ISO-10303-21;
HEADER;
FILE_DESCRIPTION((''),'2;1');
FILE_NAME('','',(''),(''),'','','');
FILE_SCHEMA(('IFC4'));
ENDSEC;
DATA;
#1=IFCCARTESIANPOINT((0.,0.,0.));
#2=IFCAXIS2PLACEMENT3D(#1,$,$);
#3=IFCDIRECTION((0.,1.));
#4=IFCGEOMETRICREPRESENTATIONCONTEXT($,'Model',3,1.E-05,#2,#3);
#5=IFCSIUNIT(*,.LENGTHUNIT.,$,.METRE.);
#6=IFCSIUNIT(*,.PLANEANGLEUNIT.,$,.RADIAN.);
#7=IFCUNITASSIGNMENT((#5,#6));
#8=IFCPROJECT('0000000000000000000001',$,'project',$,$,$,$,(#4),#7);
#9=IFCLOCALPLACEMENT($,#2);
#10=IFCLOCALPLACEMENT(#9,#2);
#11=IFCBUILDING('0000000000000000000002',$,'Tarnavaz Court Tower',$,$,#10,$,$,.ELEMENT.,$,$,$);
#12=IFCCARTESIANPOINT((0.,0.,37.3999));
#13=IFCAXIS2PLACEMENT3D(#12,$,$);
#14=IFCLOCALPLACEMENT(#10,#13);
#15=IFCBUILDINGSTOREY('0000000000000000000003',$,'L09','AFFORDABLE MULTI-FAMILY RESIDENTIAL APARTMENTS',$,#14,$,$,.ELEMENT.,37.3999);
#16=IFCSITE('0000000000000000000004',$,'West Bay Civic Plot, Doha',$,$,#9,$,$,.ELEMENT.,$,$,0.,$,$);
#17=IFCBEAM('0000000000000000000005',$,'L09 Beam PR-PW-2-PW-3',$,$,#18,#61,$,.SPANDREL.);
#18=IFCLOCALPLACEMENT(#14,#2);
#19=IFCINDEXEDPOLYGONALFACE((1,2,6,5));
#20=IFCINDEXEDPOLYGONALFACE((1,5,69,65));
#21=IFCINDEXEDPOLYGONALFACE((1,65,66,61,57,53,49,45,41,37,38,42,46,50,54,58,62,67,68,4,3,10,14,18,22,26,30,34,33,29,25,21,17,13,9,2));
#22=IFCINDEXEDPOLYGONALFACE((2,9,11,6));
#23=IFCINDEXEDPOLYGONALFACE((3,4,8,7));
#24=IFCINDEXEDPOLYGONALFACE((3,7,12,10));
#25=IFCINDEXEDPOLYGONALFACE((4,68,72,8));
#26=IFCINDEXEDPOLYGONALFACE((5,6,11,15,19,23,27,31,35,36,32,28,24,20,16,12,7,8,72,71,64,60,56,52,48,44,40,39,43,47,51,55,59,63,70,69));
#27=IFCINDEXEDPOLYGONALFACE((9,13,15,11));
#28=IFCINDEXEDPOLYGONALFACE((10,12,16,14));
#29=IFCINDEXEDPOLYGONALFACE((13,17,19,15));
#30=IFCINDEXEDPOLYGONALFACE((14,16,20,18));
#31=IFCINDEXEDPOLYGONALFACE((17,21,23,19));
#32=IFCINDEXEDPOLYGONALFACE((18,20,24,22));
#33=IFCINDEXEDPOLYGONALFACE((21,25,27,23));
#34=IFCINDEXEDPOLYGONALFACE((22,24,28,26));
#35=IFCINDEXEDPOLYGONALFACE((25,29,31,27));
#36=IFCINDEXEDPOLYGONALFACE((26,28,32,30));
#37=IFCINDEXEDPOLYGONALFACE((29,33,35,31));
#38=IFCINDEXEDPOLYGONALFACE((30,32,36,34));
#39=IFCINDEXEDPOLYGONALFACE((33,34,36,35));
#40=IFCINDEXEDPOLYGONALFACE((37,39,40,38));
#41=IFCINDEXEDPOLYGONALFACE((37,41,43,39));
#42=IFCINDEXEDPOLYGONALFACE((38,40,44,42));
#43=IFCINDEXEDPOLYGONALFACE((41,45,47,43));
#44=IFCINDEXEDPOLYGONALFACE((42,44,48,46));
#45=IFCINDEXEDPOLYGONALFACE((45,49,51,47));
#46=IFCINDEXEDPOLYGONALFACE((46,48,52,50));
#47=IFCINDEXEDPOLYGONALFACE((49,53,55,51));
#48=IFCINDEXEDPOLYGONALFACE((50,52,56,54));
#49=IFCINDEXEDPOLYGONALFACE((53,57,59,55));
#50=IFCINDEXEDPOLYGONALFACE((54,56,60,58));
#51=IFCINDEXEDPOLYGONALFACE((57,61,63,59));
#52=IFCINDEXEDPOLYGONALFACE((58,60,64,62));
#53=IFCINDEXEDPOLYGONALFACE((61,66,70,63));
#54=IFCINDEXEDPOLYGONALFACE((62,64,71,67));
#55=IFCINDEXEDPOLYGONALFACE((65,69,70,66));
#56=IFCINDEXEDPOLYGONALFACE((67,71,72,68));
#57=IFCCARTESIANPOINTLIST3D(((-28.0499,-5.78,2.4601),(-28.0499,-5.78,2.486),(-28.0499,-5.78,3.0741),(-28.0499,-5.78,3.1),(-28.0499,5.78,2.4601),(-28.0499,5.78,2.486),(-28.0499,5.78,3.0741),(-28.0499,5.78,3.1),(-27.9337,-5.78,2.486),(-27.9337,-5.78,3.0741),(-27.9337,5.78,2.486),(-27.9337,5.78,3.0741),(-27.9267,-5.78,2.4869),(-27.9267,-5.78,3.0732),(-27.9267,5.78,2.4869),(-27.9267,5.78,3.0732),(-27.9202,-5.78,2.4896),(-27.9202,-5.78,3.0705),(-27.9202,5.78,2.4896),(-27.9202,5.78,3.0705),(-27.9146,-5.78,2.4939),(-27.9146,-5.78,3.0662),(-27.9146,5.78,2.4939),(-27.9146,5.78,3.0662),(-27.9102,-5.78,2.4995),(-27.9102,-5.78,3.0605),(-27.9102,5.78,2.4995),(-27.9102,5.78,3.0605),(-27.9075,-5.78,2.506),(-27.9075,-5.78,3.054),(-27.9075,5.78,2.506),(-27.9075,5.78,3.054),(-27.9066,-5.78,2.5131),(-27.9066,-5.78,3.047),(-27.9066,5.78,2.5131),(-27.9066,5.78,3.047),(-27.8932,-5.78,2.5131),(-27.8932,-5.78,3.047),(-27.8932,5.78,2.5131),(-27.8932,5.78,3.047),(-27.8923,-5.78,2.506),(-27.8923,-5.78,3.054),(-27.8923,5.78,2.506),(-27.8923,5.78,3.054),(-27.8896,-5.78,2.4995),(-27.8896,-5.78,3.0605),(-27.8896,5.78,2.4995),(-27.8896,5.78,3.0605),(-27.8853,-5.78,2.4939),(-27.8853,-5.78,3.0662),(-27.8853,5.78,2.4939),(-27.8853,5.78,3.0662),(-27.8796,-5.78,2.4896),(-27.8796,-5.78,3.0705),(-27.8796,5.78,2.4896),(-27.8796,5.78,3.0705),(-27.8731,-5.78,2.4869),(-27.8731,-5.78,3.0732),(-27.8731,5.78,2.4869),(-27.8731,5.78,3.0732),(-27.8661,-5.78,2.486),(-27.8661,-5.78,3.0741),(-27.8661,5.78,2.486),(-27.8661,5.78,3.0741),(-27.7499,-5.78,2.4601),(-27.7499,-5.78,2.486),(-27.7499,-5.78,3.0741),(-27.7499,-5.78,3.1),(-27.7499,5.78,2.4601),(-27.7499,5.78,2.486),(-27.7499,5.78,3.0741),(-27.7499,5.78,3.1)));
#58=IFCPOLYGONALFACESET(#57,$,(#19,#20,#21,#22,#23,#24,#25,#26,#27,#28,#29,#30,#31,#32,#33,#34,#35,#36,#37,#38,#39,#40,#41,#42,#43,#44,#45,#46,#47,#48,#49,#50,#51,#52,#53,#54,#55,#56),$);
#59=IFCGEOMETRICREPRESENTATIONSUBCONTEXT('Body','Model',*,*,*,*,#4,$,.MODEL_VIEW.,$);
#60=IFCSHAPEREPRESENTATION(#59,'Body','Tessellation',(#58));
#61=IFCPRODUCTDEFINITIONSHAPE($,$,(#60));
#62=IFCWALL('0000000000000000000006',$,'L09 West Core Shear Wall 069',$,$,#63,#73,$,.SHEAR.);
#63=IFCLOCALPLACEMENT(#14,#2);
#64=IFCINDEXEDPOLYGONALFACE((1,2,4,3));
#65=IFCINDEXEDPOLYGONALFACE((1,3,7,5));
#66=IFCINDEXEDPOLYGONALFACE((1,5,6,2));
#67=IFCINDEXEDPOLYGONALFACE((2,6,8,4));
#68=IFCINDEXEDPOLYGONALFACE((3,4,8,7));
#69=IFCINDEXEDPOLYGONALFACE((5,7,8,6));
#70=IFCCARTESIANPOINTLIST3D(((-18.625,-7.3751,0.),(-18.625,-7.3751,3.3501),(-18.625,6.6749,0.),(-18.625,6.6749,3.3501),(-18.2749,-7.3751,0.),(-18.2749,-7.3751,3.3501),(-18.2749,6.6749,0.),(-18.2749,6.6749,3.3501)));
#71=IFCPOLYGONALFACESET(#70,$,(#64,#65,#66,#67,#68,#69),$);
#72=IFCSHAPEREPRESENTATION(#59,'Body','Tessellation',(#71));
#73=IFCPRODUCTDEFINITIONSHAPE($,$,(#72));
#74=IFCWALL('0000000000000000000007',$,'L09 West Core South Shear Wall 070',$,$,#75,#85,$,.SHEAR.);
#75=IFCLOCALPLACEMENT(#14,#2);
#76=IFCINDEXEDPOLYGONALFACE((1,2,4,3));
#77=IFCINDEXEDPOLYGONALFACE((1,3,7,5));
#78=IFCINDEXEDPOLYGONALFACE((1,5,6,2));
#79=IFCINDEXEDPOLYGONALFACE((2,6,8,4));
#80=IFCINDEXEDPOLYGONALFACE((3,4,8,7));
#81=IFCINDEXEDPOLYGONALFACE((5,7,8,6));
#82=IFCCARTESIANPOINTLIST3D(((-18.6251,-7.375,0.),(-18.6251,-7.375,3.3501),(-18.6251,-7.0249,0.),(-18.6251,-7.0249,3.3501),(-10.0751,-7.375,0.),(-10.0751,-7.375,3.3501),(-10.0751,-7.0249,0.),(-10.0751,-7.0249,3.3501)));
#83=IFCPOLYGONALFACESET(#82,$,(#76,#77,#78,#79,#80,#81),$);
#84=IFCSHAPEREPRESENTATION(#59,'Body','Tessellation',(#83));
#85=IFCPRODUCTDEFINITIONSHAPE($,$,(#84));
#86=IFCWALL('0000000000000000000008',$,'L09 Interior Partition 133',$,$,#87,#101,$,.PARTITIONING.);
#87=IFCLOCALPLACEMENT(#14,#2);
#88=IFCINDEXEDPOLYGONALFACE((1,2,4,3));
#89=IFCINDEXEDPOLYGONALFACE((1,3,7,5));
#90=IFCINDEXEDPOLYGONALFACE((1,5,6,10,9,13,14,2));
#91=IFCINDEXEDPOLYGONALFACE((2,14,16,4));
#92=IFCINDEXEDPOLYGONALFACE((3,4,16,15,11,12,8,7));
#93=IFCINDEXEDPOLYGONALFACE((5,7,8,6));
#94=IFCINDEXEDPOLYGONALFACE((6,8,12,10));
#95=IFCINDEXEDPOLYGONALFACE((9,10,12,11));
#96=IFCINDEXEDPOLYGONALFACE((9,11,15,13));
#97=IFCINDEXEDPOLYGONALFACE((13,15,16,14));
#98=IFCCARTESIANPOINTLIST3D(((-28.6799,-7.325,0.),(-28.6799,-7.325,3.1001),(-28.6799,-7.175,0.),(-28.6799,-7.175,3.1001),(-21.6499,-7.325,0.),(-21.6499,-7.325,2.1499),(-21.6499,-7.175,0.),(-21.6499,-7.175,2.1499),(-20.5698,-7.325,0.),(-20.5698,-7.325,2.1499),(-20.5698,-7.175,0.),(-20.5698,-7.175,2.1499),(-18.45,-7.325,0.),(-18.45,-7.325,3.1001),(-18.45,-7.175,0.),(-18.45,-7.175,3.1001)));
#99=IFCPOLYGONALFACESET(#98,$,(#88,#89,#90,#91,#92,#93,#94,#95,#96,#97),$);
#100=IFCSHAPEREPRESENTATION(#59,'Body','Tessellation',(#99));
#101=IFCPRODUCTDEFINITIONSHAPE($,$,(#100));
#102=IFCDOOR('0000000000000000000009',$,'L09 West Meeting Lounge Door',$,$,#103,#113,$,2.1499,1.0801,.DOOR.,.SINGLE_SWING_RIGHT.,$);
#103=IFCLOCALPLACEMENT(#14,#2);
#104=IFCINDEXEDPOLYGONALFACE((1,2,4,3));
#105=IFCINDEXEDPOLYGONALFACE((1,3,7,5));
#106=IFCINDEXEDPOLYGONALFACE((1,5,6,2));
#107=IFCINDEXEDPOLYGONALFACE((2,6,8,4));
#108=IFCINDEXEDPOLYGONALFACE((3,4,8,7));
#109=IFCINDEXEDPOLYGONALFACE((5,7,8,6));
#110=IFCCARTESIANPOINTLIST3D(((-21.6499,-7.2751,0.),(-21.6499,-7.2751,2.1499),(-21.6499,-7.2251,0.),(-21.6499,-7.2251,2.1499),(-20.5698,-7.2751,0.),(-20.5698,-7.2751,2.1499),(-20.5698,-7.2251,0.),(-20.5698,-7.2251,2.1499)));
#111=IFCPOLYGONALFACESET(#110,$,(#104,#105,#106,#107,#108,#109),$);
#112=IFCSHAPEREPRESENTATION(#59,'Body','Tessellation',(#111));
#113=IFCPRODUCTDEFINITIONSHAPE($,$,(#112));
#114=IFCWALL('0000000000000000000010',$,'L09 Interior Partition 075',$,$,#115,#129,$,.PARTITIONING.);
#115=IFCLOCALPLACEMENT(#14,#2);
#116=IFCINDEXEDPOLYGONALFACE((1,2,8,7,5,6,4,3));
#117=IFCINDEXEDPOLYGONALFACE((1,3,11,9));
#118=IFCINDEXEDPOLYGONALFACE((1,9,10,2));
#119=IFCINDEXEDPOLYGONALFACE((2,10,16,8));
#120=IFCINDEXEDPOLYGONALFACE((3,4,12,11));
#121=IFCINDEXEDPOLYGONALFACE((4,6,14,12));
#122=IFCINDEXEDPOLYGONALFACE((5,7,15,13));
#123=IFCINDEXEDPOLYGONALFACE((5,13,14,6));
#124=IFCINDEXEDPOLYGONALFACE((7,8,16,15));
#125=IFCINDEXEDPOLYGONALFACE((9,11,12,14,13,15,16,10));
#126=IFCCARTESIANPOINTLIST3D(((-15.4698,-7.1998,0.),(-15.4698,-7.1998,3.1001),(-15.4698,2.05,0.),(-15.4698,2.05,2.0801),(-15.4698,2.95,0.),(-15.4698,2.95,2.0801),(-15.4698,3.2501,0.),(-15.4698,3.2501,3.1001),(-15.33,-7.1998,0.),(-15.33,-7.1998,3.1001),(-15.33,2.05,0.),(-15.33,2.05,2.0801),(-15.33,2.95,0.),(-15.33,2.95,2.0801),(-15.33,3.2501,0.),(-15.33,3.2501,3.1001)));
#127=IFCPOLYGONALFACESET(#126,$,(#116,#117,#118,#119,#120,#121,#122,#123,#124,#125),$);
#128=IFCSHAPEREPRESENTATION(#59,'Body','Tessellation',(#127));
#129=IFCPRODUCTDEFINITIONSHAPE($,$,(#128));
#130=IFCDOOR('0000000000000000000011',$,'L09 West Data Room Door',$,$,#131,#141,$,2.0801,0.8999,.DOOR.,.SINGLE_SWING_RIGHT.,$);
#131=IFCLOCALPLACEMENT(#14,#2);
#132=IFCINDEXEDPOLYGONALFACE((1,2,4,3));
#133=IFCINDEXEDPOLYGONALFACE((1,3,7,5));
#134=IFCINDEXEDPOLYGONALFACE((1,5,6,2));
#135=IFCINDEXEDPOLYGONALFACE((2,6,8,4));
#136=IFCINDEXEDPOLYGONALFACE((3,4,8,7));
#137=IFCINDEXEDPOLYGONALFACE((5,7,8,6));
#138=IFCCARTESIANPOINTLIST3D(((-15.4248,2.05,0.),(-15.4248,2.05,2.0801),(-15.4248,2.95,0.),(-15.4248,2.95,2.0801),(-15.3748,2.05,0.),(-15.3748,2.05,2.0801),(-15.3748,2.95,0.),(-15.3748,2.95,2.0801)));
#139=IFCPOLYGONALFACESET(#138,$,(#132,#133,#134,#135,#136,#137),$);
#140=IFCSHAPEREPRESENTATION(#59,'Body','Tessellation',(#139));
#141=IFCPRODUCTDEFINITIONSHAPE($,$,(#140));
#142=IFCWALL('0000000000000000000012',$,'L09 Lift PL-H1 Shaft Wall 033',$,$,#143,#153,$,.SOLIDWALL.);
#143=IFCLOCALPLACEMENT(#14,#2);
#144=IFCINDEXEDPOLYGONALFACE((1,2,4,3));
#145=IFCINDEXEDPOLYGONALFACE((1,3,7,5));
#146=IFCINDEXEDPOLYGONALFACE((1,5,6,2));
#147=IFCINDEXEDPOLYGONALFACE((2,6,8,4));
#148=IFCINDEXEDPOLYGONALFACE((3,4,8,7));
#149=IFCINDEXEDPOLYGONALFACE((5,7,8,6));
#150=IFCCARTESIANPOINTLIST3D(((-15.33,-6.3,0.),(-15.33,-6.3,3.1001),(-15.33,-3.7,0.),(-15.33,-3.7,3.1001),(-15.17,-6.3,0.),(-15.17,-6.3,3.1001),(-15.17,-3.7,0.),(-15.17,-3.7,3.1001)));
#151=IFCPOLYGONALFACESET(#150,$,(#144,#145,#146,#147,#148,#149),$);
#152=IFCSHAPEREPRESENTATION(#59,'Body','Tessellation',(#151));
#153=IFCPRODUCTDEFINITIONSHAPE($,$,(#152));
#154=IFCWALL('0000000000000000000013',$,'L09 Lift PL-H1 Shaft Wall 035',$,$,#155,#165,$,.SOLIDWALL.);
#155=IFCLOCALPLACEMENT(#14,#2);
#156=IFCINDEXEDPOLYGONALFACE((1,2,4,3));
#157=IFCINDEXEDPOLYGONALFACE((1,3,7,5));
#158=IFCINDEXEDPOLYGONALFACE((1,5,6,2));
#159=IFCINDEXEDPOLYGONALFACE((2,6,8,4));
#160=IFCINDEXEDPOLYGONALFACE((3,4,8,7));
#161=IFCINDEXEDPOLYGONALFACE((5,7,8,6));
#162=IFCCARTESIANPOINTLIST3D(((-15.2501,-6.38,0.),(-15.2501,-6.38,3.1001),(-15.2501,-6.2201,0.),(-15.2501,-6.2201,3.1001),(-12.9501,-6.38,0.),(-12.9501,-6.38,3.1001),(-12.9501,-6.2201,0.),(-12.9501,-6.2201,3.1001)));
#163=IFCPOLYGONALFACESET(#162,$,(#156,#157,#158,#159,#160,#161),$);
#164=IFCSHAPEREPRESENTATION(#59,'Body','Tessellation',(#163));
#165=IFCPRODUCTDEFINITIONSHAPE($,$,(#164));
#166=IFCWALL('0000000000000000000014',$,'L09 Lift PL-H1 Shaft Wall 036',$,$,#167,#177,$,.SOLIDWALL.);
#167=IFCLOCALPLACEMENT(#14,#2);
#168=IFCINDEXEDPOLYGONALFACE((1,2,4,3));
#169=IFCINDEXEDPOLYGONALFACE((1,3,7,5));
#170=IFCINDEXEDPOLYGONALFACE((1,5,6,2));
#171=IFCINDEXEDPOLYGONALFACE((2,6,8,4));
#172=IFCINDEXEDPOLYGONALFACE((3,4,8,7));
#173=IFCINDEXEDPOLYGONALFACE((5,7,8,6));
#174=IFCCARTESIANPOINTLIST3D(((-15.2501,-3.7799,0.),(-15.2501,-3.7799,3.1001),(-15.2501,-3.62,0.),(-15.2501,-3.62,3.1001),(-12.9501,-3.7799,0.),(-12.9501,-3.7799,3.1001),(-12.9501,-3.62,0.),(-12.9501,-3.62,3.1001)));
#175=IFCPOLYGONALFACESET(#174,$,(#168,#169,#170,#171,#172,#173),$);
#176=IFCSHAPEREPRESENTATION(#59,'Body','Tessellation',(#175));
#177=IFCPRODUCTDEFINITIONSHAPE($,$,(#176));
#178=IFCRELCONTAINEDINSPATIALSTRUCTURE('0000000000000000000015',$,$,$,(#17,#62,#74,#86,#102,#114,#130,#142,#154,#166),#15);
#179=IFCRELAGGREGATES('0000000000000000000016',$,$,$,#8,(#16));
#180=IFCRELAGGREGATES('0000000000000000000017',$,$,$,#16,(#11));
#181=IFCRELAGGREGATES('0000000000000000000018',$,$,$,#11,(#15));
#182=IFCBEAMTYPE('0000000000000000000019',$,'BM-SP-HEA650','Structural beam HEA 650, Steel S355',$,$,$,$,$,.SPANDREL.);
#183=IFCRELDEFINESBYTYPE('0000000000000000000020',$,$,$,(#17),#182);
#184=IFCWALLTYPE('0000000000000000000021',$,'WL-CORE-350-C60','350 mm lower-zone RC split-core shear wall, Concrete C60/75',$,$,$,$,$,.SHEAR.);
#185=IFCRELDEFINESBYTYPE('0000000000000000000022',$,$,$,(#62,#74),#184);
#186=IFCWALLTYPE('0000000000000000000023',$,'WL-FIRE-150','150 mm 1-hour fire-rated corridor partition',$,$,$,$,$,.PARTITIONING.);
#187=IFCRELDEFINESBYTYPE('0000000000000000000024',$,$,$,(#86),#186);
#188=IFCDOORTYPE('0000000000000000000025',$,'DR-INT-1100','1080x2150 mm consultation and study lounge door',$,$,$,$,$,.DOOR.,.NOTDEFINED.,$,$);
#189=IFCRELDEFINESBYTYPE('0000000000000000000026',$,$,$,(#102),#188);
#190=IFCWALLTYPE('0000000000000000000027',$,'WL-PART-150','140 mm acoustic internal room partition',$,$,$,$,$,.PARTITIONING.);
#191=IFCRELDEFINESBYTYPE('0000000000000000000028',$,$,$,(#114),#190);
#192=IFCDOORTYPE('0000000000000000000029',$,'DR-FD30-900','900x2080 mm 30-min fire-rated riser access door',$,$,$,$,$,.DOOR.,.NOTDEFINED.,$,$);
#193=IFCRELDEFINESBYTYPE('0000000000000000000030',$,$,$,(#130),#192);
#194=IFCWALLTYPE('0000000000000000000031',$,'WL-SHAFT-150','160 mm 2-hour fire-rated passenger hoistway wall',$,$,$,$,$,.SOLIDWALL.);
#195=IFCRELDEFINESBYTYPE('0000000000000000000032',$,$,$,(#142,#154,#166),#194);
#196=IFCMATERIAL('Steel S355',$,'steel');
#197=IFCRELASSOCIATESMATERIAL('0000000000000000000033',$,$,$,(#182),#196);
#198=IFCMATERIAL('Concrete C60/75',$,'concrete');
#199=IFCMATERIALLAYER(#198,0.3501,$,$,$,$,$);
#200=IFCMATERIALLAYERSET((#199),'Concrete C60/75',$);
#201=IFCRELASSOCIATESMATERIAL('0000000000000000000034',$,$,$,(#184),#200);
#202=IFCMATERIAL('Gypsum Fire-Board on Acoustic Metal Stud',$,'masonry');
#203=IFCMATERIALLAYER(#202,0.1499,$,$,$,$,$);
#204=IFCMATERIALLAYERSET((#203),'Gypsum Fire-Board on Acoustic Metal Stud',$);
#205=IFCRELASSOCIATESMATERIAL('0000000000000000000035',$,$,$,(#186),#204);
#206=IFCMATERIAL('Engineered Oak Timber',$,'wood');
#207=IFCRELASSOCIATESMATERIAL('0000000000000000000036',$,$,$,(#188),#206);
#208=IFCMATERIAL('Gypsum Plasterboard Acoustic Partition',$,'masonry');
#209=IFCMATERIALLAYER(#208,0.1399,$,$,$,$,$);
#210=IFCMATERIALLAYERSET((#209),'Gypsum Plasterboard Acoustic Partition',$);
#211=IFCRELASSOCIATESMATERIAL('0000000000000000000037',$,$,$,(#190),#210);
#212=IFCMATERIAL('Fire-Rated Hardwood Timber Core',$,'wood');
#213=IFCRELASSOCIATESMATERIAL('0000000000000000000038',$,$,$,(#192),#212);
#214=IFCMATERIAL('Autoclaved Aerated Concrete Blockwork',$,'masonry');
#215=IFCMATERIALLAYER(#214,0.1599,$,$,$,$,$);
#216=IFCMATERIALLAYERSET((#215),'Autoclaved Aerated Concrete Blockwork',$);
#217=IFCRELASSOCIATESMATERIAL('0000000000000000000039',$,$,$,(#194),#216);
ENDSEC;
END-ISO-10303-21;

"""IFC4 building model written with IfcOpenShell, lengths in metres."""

from ifc_helpers import new_model, si_unit, direction, frame, frame_2d, origin, origin_2d, place, context, subcontext, project, spatial, rectangle, i_section, extrude, material, layer, layer_set, material_profile, profile_set, type_object, element, fill, save


model = new_model("IFC4")

# Units and contexts
model_context = context("Model", 3, precision=1e-05, world=origin(), true_north=direction((0.0, 1.0)))
body_context = subcontext(model_context, "Body", "Model", "MODEL_VIEW")
ifc_project = project(units=[si_unit("LENGTHUNIT", "METRE"), si_unit("PLANEANGLEUNIT", "RADIAN")], contexts=[model_context])

# Site, building, storey
site_placement = place(None, origin())
site = spatial("IfcSite", under=ifc_project, at=site_placement, Name="West Bay Civic Plot, Doha", CompositionType="ELEMENT", RefElevation=0.0)
building_placement = place(site_placement, origin())
building = spatial("IfcBuilding", under=site, at=building_placement, Name="Tarnavaz Court Tower", CompositionType="ELEMENT")
storey_placement = place(building_placement, frame((0.0, 0.0, 37.3999)))
storey = spatial("IfcBuildingStorey", under=building, at=storey_placement, Name="L09", Description="AFFORDABLE MULTI-FAMILY RESIDENTIAL APARTMENTS", CompositionType="ELEMENT", Elevation=37.3999)

# Shared definitions
ifc_material_1 = material(Name="Concrete C60/75", Category="concrete")

# Beam
ifc_material_2 = material(Name="Steel S355", Category="steel")
ifc_material_profile_1 = material_profile(ifc_material_2, i_section(OverallWidth=0.3, OverallDepth=0.6399, WebThickness=0.0134, FlangeThickness=0.0259, FilletRadius=0.0271, at=origin_2d()), Name="HEA 650")
ifc_profile_set_1 = profile_set([ifc_material_profile_1], Name="Steel S355")
beam_type_1 = type_object("IfcBeamType", Name="BM-SP-HEA650", Description="Structural beam HEA 650, Steel S355", PredefinedType="SPANDREL", material=ifc_profile_set_1)
beam_1_placement = place(storey_placement, frame((-27.8999, -5.78, 2.78), z_axis=(0.0, 1.0, 0.0), x_axis=(-1.0, 0.0, 0.0)))
element("IfcBeam", 1, at=beam_1_placement, inside=storey, type_object=beam_type_1, Name="L09 Beam PR-PW-2-PW-3", PredefinedType="SPANDREL", context=body_context, shape_type="SweptSolid", body=[
    extrude(i_section(OverallWidth=0.3, OverallDepth=0.6399, WebThickness=0.0134, FlangeThickness=0.0259, FilletRadius=0.0271, at=origin_2d()), origin(), (0.0, 0.0, 1.0), 11.5601),
])

# Walls
ifc_layer_1 = layer(ifc_material_1, 0.3501)
ifc_layer_set_1 = layer_set([ifc_layer_1], Name="Concrete C60/75")
wall_type_1 = type_object("IfcWallType", Name="WL-CORE-350-C60", Description="350 mm lower-zone RC split-core shear wall, Concrete C60/75", PredefinedType="SHEAR", material=ifc_layer_set_1)
wall_1_placement = place(storey_placement, frame((-18.45, -7.375, 0.0), z_axis=(0.0, 0.0, 1.0), x_axis=(0.0, 1.0, 0.0)))
element("IfcWall", 2, at=wall_1_placement, inside=storey, type_object=wall_type_1, Name="L09 West Core Shear Wall 069", PredefinedType="SHEAR", context=body_context, shape_type="SweptSolid", body=[
    extrude(rectangle(XDim=14.05, YDim=0.3501, at=frame_2d((7.0249, 0.0))), origin(), (0.0, 0.0, 1.0), 3.3501),
])
wall_2_placement = place(storey_placement, frame((-18.625, -7.2, 0.0), z_axis=(0.0, 0.0, 1.0), x_axis=(1.0, 0.0, 0.0)))
element("IfcWall", 3, at=wall_2_placement, inside=storey, type_object=wall_type_1, Name="L09 West Core South Shear Wall 070", PredefinedType="SHEAR", context=body_context, shape_type="SweptSolid", body=[
    extrude(rectangle(XDim=8.55, YDim=0.3501, at=frame_2d((4.2749, 0.0))), origin(), (0.0, 0.0, 1.0), 3.3501),
])

# Walls, openings, doors
ifc_material_3 = material(Name="Gypsum Fire-Board on Acoustic Metal Stud", Category="masonry")
ifc_layer_2 = layer(ifc_material_3, 0.1499)
ifc_layer_set_2 = layer_set([ifc_layer_2], Name="Gypsum Fire-Board on Acoustic Metal Stud")
wall_type_2 = type_object("IfcWallType", Name="WL-FIRE-150", Description="150 mm 1-hour fire-rated corridor partition", PredefinedType="PARTITIONING", material=ifc_layer_set_2)
wall_3_placement = place(storey_placement, frame((-28.6799, -7.25, 0.0), z_axis=(0.0, 0.0, 1.0), x_axis=(1.0, 0.0, 0.0)))
wall_3 = element("IfcWall", 4, at=wall_3_placement, inside=storey, type_object=wall_type_2, Name="L09 Interior Partition 133", PredefinedType="PARTITIONING", context=body_context, shape_type="SweptSolid", body=[
    extrude(rectangle(XDim=10.23, YDim=0.1499, at=frame_2d((5.115, 0.0))), origin(), (0.0, 0.0, 1.0), 3.1001),
])
opening_1_placement = place(wall_3_placement, frame((7.03, 0.0, 0.0)))
opening_1 = element("IfcOpeningElement", 5, at=opening_1_placement, cuts=wall_3, PredefinedType="OPENING", context=body_context, shape_type="SweptSolid", body=[
    extrude(rectangle(XDim=1.0801, YDim=2.1499, at=frame_2d((0.54, 1.075))), frame((0.0, 0.085, 0.0), z_axis=(0.0, -1.0, 0.0), x_axis=(1.0, 0.0, 0.0)), (0.0, 0.0, 1.0), 0.1699),
])
ifc_material_4 = material(Name="Engineered Oak Timber", Category="wood")
door_type_1 = type_object("IfcDoorType", Name="DR-INT-1100", Description="1080x2150 mm consultation and study lounge door", OperationType="NOTDEFINED", PredefinedType="DOOR", material=ifc_material_4)
door_1_placement = place(opening_1_placement, origin())
door_1 = element("IfcDoor", 6, at=door_1_placement, inside=storey, type_object=door_type_1, Name="L09 West Meeting Lounge Door", OperationType="SINGLE_SWING_RIGHT", OverallHeight=2.1499, OverallWidth=1.0801, PredefinedType="DOOR", context=body_context, shape_type="SweptSolid", body=[
    extrude(rectangle(XDim=1.0801, YDim=2.1499, at=frame_2d((0.54, 1.075))), frame((0.0, 0.0249, 0.0), z_axis=(0.0, -1.0, 0.0), x_axis=(1.0, 0.0, 0.0)), (0.0, 0.0, 1.0), 0.05),
])
fill(opening_1, door_1)
ifc_material_5 = material(Name="Gypsum Plasterboard Acoustic Partition", Category="masonry")
ifc_layer_3 = layer(ifc_material_5, 0.1399)
ifc_layer_set_3 = layer_set([ifc_layer_3], Name="Gypsum Plasterboard Acoustic Partition")
wall_type_3 = type_object("IfcWallType", Name="WL-PART-150", Description="140 mm acoustic internal room partition", PredefinedType="PARTITIONING", material=ifc_layer_set_3)
wall_4_placement = place(storey_placement, frame((-15.3999, -7.2, 0.0), z_axis=(0.0, 0.0, 1.0), x_axis=(0.0, 1.0, 0.0)))
wall_4 = element("IfcWall", 7, at=wall_4_placement, inside=storey, type_object=wall_type_3, Name="L09 Interior Partition 075", PredefinedType="PARTITIONING", context=body_context, shape_type="SweptSolid", body=[
    extrude(rectangle(XDim=10.45, YDim=0.1399, at=frame_2d((5.2251, 0.0))), origin(), (0.0, 0.0, 1.0), 3.1001),
])
opening_2_placement = place(wall_4_placement, frame((9.25, 0.0, 0.0)))
opening_2 = element("IfcOpeningElement", 8, at=opening_2_placement, cuts=wall_4, PredefinedType="OPENING", context=body_context, shape_type="SweptSolid", body=[
    extrude(rectangle(XDim=0.8999, YDim=2.0801, at=frame_2d((0.45, 1.04))), frame((0.0, 0.0798, 0.0), z_axis=(0.0, -1.0, 0.0), x_axis=(1.0, 0.0, 0.0)), (0.0, 0.0, 1.0), 0.1599),
])
ifc_material_6 = material(Name="Fire-Rated Hardwood Timber Core", Category="wood")
door_type_2 = type_object("IfcDoorType", Name="DR-FD30-900", Description="900x2080 mm 30-min fire-rated riser access door", OperationType="NOTDEFINED", PredefinedType="DOOR", material=ifc_material_6)
door_2_placement = place(opening_2_placement, origin())
door_2 = element("IfcDoor", 9, at=door_2_placement, inside=storey, type_object=door_type_2, Name="L09 West Data Room Door", OperationType="SINGLE_SWING_RIGHT", OverallHeight=2.0801, OverallWidth=0.8999, PredefinedType="DOOR", context=body_context, shape_type="SweptSolid", body=[
    extrude(rectangle(XDim=0.8999, YDim=2.0801, at=frame_2d((0.45, 1.04))), frame((0.0, 0.0249, 0.0), z_axis=(0.0, -1.0, 0.0), x_axis=(1.0, 0.0, 0.0)), (0.0, 0.0, 1.0), 0.05),
])
fill(opening_2, door_2)

# Walls
ifc_material_7 = material(Name="Autoclaved Aerated Concrete Blockwork", Category="masonry")
ifc_layer_4 = layer(ifc_material_7, 0.1599)
ifc_layer_set_4 = layer_set([ifc_layer_4], Name="Autoclaved Aerated Concrete Blockwork")
wall_type_4 = type_object("IfcWallType", Name="WL-SHAFT-150", Description="160 mm 2-hour fire-rated passenger hoistway wall", PredefinedType="SOLIDWALL", material=ifc_layer_set_4)
wall_5_placement = place(storey_placement, frame((-15.25, -6.3, 0.0), z_axis=(0.0, 0.0, 1.0), x_axis=(0.0, 1.0, 0.0)))
element("IfcWall", 10, at=wall_5_placement, inside=storey, type_object=wall_type_4, Name="L09 Lift PL-H1 Shaft Wall 033", PredefinedType="SOLIDWALL", context=body_context, shape_type="SweptSolid", body=[
    extrude(rectangle(XDim=2.6001, YDim=0.1599, at=frame_2d((1.3, 0.0))), origin(), (0.0, 0.0, 1.0), 3.1001),
])
for number, where, z_axis, x_axis, name in (
    (11, (-15.25, -6.3, 0.0), (0.0, 0.0, 1.0), (1.0, 0.0, 0.0), "L09 Lift PL-H1 Shaft Wall 035"),
    (12, (-15.25, -3.7, 0.0), (0.0, 0.0, 1.0), (1.0, 0.0, 0.0), "L09 Lift PL-H1 Shaft Wall 036"),
):
    element("IfcWall", number, at=place(storey_placement, frame(where, z_axis=z_axis, x_axis=x_axis)), inside=storey, type_object=wall_type_4, Name=name, PredefinedType="SOLIDWALL", context=body_context, shape_type="SweptSolid", body=[
        extrude(rectangle(XDim=2.3, YDim=0.1599, at=frame_2d((1.1499, 0.0))), origin(), (0.0, 0.0, 1.0), 3.1001),
    ])

save(model, "model.ifc")
